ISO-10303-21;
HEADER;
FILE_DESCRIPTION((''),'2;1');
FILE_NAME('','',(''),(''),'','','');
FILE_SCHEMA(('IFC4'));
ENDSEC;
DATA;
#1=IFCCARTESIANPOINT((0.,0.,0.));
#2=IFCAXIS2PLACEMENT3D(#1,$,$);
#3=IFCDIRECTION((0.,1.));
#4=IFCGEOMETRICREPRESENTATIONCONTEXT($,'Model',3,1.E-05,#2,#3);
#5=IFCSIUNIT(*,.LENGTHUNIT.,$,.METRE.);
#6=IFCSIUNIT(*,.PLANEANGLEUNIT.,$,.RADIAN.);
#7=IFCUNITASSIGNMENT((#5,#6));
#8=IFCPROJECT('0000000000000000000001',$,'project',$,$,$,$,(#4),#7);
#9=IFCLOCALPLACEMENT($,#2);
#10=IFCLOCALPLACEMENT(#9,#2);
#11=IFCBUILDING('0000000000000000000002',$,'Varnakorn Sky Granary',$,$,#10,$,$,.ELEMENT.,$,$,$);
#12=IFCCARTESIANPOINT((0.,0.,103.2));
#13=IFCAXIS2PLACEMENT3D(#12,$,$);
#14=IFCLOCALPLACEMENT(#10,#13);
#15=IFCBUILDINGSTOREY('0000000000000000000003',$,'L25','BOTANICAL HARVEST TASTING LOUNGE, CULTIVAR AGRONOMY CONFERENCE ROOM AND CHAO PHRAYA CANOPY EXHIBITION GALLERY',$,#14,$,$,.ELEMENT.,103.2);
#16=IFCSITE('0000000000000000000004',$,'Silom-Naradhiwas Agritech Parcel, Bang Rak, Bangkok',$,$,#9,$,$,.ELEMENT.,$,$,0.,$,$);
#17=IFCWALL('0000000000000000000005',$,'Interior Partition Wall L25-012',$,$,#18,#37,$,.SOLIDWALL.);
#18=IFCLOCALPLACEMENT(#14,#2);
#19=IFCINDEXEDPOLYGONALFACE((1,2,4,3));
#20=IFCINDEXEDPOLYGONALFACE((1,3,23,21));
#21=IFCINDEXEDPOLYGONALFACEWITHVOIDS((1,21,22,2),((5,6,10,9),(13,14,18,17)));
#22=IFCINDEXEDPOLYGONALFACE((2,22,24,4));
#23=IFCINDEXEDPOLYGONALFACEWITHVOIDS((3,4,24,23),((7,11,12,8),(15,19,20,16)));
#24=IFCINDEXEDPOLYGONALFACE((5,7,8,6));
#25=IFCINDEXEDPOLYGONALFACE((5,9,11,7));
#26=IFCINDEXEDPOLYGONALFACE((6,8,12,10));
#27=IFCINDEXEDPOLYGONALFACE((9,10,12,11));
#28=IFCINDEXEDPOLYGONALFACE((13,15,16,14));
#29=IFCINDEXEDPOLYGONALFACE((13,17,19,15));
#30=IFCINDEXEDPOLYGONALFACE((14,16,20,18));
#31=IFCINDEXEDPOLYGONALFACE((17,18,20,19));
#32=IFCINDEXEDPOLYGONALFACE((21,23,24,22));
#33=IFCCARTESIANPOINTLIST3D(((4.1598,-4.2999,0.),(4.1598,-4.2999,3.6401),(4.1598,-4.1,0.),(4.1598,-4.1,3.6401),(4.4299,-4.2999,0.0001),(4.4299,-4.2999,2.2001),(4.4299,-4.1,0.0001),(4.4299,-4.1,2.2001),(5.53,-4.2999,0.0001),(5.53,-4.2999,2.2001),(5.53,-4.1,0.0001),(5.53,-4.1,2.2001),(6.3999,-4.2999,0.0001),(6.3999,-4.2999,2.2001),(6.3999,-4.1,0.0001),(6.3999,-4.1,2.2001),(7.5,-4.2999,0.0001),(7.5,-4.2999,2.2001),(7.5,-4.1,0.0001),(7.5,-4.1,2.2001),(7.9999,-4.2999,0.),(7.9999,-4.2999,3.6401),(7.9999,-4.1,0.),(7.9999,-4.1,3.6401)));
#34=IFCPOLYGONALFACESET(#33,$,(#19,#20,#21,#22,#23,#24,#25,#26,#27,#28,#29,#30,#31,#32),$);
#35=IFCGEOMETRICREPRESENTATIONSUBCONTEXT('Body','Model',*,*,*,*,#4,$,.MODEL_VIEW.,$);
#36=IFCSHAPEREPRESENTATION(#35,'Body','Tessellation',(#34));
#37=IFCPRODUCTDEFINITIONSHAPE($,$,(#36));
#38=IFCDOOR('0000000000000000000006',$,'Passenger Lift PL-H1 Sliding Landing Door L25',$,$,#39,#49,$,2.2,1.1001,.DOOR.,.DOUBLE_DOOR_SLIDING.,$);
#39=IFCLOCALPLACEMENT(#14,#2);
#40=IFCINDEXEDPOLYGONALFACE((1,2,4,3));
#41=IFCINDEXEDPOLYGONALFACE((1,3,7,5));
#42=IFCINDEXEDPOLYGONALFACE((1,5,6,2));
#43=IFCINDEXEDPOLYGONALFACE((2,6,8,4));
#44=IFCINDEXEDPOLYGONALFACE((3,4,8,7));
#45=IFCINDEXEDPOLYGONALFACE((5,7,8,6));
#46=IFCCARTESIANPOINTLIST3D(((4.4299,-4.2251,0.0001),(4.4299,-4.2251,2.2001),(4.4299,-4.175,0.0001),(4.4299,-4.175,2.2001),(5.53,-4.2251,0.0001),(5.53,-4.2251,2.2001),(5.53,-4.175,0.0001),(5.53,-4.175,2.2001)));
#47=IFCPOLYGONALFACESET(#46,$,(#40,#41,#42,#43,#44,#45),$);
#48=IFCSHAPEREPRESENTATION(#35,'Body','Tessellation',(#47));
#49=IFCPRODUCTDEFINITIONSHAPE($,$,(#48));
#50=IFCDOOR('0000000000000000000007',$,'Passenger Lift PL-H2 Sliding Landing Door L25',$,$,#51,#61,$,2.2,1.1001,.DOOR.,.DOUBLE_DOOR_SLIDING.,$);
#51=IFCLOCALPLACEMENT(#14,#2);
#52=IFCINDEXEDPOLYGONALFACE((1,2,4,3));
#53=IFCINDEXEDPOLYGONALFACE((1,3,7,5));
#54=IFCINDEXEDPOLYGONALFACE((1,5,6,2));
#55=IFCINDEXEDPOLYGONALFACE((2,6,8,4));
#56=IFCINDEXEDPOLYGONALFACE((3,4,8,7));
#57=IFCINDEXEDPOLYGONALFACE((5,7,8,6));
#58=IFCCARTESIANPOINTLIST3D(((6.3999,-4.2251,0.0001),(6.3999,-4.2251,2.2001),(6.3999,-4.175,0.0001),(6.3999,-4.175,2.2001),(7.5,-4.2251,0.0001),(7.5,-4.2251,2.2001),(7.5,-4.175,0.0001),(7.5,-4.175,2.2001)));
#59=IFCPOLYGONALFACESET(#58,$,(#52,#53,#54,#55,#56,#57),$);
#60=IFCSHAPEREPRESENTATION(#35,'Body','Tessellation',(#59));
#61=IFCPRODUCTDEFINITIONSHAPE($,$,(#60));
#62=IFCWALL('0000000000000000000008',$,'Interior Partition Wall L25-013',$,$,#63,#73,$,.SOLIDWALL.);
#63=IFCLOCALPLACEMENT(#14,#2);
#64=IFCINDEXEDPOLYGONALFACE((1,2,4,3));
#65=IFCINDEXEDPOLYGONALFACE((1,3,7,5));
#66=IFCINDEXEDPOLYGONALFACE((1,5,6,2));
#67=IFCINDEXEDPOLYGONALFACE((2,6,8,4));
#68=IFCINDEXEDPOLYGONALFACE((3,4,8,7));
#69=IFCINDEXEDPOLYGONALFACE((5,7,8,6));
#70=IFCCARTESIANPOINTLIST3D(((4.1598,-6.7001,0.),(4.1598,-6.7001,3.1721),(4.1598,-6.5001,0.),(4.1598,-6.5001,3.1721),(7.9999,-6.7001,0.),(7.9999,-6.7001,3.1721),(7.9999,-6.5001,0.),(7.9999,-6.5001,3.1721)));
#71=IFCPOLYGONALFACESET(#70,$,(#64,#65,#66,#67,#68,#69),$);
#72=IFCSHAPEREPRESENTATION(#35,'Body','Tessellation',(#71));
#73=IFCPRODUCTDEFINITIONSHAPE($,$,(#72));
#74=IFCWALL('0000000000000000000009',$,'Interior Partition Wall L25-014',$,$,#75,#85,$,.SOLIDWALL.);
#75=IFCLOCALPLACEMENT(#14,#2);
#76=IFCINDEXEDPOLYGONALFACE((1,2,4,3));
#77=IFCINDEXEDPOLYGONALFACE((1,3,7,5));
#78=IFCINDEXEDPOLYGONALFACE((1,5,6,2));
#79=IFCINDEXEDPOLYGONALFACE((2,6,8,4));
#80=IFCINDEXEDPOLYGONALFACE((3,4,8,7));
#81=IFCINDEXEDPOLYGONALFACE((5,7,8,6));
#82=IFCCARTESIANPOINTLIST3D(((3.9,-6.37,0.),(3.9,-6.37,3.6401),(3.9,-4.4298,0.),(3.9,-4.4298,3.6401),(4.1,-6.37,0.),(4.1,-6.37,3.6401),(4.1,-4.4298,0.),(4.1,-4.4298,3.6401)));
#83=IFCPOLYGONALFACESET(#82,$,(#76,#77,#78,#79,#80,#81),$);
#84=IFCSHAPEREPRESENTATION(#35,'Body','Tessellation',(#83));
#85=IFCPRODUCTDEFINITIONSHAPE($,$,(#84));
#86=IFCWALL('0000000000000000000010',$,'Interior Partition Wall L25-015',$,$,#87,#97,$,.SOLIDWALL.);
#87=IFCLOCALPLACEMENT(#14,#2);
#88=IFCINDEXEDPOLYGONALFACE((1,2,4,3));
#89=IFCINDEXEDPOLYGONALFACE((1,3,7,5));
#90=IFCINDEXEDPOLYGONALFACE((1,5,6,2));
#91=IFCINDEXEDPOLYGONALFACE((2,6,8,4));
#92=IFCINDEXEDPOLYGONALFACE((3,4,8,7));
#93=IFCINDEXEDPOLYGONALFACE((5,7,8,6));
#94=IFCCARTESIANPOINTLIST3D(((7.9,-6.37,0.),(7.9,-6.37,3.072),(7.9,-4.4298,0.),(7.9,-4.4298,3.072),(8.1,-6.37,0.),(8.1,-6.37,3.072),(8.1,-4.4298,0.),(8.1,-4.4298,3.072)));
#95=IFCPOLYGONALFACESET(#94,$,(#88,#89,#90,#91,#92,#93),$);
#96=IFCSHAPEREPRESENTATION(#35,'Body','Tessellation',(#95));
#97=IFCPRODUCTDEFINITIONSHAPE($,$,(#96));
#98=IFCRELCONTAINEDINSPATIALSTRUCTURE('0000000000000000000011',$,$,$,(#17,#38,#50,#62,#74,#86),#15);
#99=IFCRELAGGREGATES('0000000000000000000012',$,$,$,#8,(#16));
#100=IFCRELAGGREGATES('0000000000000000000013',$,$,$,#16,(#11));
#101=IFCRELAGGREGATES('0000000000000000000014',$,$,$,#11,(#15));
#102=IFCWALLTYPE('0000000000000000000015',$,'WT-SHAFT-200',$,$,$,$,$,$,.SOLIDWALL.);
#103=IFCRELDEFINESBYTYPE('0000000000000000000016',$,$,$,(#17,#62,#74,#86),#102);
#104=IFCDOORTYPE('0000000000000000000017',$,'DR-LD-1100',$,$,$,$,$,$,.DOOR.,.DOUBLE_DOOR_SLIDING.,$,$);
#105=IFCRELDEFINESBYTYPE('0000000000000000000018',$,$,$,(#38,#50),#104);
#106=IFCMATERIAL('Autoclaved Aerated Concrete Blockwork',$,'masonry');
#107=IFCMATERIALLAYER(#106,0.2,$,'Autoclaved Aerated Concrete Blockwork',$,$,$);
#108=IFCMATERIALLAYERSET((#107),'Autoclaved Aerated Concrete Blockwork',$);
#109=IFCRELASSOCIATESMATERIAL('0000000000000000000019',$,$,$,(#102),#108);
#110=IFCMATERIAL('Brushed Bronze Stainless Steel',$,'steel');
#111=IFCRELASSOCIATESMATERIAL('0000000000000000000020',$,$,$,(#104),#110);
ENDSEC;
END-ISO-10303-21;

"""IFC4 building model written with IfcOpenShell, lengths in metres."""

from ifc_helpers import new_model, si_unit, direction, frame, frame_2d, origin, place, context, subcontext, project, spatial, rectangle, extrude, material, layer, layer_set, type_object, element, fill, save


model = new_model("IFC4")

# Units and contexts
model_context = context("Model", 3, precision=1e-05, world=origin(), true_north=direction((0.0, 1.0)))
body_context = subcontext(model_context, "Body", "Model", "MODEL_VIEW")
ifc_project = project(units=[si_unit("LENGTHUNIT", "METRE"), si_unit("PLANEANGLEUNIT", "RADIAN")], contexts=[model_context])

# Site, building, storey
site_placement = place(None, origin())
site = spatial("IfcSite", under=ifc_project, at=site_placement, Name="Silom-Naradhiwas Agritech Parcel, Bang Rak, Bangkok", CompositionType="ELEMENT", RefElevation=0.0)
building_placement = place(site_placement, origin())
building = spatial("IfcBuilding", under=site, at=building_placement, Name="Varnakorn Sky Granary", CompositionType="ELEMENT")
storey_placement = place(building_placement, frame((0.0, 0.0, 103.2)))
storey = spatial("IfcBuildingStorey", under=building, at=storey_placement, Name="L25", Description="BOTANICAL HARVEST TASTING LOUNGE, CULTIVAR AGRONOMY CONFERENCE ROOM AND CHAO PHRAYA CANOPY EXHIBITION GALLERY", CompositionType="ELEMENT", Elevation=103.2)

# Shared definitions
ifc_material_1 = material(Name="Autoclaved Aerated Concrete Blockwork", Category="masonry")

# Shared definitions
ifc_layer_1 = layer(ifc_material_1, 0.2, Name="Autoclaved Aerated Concrete Blockwork")
ifc_layer_set_1 = layer_set([ifc_layer_1], Name="Autoclaved Aerated Concrete Blockwork")
wall_type_1 = type_object("IfcWallType", Name="WT-SHAFT-200", PredefinedType="SOLIDWALL", material=ifc_layer_set_1)

# Wall, openings, doors
wall_1_placement = place(storey_placement, frame((4.1599, -4.2, 0.0), z_axis=(0.0, 0.0, 1.0), x_axis=(1.0, 0.0, 0.0)))
wall_1 = element("IfcWall", 1, at=wall_1_placement, inside=storey, type_object=wall_type_1, Name="Interior Partition Wall L25-012", PredefinedType="SOLIDWALL", context=body_context, shape_type="SweptSolid", body=[
    extrude(rectangle(XDim=3.8401, YDim=0.2, at=frame_2d((1.9199, 0.0))), origin(), (0.0, 0.0, 1.0), 3.6401),
])
opening_1_placement = place(wall_1_placement, frame((0.27, 0.0, 0.0)))
opening_1 = element("IfcOpeningElement", 2, at=opening_1_placement, cuts=wall_1, PredefinedType="OPENING", context=body_context, shape_type="SweptSolid", body=[
    extrude(rectangle(XDim=1.1001, YDim=2.2, at=frame_2d((0.55, 1.1001))), frame((0.0, 0.1099, 0.0), z_axis=(0.0, -1.0, 0.0), x_axis=(1.0, 0.0, 0.0)), (0.0, 0.0, 1.0), 0.22),
])
opening_2_placement = place(wall_1_placement, frame((2.24, 0.0, 0.0)))
opening_2 = element("IfcOpeningElement", 3, at=opening_2_placement, cuts=wall_1, PredefinedType="OPENING", context=body_context, shape_type="SweptSolid", body=[
    extrude(rectangle(XDim=1.1001, YDim=2.2, at=frame_2d((0.55, 1.1001))), frame((0.0, 0.1099, 0.0), z_axis=(0.0, -1.0, 0.0), x_axis=(1.0, 0.0, 0.0)), (0.0, 0.0, 1.0), 0.22),
])
ifc_material_2 = material(Name="Brushed Bronze Stainless Steel", Category="steel")
door_type_1 = type_object("IfcDoorType", Name="DR-LD-1100", OperationType="DOUBLE_DOOR_SLIDING", PredefinedType="DOOR", material=ifc_material_2)
door_1_placement = place(opening_1_placement, origin())
door_1 = element("IfcDoor", 4, at=door_1_placement, inside=storey, type_object=door_type_1, Name="Passenger Lift PL-H1 Sliding Landing Door L25", OperationType="DOUBLE_DOOR_SLIDING", OverallHeight=2.2, OverallWidth=1.1001, PredefinedType="DOOR", context=body_context, shape_type="SweptSolid", body=[
    extrude(rectangle(XDim=1.1001, YDim=2.2, at=frame_2d((0.55, 1.1001))), frame((0.0, 0.0249, 0.0), z_axis=(0.0, -1.0, 0.0), x_axis=(1.0, 0.0, 0.0)), (0.0, 0.0, 1.0), 0.05),
])
fill(opening_1, door_1)
door_2_placement = place(opening_2_placement, origin())
door_2 = element("IfcDoor", 5, at=door_2_placement, inside=storey, type_object=door_type_1, Name="Passenger Lift PL-H2 Sliding Landing Door L25", OperationType="DOUBLE_DOOR_SLIDING", OverallHeight=2.2, OverallWidth=1.1001, PredefinedType="DOOR", context=body_context, shape_type="SweptSolid", body=[
    extrude(rectangle(XDim=1.1001, YDim=2.2, at=frame_2d((0.55, 1.1001))), frame((0.0, 0.0249, 0.0), z_axis=(0.0, -1.0, 0.0), x_axis=(1.0, 0.0, 0.0)), (0.0, 0.0, 1.0), 0.05),
])
fill(opening_2, door_2)

# Walls
wall_2_placement = place(storey_placement, frame((4.1599, -6.6001, 0.0), z_axis=(0.0, 0.0, 1.0), x_axis=(1.0, 0.0, 0.0)))
element("IfcWall", 6, at=wall_2_placement, inside=storey, type_object=wall_type_1, Name="Interior Partition Wall L25-013", PredefinedType="SOLIDWALL", context=body_context, shape_type="SweptSolid", body=[
    extrude(rectangle(XDim=3.8401, YDim=0.2, at=frame_2d((1.9199, 0.0))), origin(), (0.0, 0.0, 1.0), 3.1721),
])
wall_3_placement = place(storey_placement, frame((4.0, -6.3701, 0.0), z_axis=(0.0, 0.0, 1.0), x_axis=(0.0, 1.0, 0.0)))
element("IfcWall", 7, at=wall_3_placement, inside=storey, type_object=wall_type_1, Name="Interior Partition Wall L25-014", PredefinedType="SOLIDWALL", context=body_context, shape_type="SweptSolid", body=[
    extrude(rectangle(XDim=1.9402, YDim=0.2, at=frame_2d((0.9702, 0.0))), origin(), (0.0, 0.0, 1.0), 3.6401),
])
wall_4_placement = place(storey_placement, frame((8.0, -6.3701, 0.0), z_axis=(0.0, 0.0, 1.0), x_axis=(0.0, 1.0, 0.0)))
element("IfcWall", 8, at=wall_4_placement, inside=storey, type_object=wall_type_1, Name="Interior Partition Wall L25-015", PredefinedType="SOLIDWALL", context=body_context, shape_type="SweptSolid", body=[
    extrude(rectangle(XDim=1.9402, YDim=0.2, at=frame_2d((0.9702, 0.0))), origin(), (0.0, 0.0, 1.0), 3.072),
])

save(model, "model.ifc")
